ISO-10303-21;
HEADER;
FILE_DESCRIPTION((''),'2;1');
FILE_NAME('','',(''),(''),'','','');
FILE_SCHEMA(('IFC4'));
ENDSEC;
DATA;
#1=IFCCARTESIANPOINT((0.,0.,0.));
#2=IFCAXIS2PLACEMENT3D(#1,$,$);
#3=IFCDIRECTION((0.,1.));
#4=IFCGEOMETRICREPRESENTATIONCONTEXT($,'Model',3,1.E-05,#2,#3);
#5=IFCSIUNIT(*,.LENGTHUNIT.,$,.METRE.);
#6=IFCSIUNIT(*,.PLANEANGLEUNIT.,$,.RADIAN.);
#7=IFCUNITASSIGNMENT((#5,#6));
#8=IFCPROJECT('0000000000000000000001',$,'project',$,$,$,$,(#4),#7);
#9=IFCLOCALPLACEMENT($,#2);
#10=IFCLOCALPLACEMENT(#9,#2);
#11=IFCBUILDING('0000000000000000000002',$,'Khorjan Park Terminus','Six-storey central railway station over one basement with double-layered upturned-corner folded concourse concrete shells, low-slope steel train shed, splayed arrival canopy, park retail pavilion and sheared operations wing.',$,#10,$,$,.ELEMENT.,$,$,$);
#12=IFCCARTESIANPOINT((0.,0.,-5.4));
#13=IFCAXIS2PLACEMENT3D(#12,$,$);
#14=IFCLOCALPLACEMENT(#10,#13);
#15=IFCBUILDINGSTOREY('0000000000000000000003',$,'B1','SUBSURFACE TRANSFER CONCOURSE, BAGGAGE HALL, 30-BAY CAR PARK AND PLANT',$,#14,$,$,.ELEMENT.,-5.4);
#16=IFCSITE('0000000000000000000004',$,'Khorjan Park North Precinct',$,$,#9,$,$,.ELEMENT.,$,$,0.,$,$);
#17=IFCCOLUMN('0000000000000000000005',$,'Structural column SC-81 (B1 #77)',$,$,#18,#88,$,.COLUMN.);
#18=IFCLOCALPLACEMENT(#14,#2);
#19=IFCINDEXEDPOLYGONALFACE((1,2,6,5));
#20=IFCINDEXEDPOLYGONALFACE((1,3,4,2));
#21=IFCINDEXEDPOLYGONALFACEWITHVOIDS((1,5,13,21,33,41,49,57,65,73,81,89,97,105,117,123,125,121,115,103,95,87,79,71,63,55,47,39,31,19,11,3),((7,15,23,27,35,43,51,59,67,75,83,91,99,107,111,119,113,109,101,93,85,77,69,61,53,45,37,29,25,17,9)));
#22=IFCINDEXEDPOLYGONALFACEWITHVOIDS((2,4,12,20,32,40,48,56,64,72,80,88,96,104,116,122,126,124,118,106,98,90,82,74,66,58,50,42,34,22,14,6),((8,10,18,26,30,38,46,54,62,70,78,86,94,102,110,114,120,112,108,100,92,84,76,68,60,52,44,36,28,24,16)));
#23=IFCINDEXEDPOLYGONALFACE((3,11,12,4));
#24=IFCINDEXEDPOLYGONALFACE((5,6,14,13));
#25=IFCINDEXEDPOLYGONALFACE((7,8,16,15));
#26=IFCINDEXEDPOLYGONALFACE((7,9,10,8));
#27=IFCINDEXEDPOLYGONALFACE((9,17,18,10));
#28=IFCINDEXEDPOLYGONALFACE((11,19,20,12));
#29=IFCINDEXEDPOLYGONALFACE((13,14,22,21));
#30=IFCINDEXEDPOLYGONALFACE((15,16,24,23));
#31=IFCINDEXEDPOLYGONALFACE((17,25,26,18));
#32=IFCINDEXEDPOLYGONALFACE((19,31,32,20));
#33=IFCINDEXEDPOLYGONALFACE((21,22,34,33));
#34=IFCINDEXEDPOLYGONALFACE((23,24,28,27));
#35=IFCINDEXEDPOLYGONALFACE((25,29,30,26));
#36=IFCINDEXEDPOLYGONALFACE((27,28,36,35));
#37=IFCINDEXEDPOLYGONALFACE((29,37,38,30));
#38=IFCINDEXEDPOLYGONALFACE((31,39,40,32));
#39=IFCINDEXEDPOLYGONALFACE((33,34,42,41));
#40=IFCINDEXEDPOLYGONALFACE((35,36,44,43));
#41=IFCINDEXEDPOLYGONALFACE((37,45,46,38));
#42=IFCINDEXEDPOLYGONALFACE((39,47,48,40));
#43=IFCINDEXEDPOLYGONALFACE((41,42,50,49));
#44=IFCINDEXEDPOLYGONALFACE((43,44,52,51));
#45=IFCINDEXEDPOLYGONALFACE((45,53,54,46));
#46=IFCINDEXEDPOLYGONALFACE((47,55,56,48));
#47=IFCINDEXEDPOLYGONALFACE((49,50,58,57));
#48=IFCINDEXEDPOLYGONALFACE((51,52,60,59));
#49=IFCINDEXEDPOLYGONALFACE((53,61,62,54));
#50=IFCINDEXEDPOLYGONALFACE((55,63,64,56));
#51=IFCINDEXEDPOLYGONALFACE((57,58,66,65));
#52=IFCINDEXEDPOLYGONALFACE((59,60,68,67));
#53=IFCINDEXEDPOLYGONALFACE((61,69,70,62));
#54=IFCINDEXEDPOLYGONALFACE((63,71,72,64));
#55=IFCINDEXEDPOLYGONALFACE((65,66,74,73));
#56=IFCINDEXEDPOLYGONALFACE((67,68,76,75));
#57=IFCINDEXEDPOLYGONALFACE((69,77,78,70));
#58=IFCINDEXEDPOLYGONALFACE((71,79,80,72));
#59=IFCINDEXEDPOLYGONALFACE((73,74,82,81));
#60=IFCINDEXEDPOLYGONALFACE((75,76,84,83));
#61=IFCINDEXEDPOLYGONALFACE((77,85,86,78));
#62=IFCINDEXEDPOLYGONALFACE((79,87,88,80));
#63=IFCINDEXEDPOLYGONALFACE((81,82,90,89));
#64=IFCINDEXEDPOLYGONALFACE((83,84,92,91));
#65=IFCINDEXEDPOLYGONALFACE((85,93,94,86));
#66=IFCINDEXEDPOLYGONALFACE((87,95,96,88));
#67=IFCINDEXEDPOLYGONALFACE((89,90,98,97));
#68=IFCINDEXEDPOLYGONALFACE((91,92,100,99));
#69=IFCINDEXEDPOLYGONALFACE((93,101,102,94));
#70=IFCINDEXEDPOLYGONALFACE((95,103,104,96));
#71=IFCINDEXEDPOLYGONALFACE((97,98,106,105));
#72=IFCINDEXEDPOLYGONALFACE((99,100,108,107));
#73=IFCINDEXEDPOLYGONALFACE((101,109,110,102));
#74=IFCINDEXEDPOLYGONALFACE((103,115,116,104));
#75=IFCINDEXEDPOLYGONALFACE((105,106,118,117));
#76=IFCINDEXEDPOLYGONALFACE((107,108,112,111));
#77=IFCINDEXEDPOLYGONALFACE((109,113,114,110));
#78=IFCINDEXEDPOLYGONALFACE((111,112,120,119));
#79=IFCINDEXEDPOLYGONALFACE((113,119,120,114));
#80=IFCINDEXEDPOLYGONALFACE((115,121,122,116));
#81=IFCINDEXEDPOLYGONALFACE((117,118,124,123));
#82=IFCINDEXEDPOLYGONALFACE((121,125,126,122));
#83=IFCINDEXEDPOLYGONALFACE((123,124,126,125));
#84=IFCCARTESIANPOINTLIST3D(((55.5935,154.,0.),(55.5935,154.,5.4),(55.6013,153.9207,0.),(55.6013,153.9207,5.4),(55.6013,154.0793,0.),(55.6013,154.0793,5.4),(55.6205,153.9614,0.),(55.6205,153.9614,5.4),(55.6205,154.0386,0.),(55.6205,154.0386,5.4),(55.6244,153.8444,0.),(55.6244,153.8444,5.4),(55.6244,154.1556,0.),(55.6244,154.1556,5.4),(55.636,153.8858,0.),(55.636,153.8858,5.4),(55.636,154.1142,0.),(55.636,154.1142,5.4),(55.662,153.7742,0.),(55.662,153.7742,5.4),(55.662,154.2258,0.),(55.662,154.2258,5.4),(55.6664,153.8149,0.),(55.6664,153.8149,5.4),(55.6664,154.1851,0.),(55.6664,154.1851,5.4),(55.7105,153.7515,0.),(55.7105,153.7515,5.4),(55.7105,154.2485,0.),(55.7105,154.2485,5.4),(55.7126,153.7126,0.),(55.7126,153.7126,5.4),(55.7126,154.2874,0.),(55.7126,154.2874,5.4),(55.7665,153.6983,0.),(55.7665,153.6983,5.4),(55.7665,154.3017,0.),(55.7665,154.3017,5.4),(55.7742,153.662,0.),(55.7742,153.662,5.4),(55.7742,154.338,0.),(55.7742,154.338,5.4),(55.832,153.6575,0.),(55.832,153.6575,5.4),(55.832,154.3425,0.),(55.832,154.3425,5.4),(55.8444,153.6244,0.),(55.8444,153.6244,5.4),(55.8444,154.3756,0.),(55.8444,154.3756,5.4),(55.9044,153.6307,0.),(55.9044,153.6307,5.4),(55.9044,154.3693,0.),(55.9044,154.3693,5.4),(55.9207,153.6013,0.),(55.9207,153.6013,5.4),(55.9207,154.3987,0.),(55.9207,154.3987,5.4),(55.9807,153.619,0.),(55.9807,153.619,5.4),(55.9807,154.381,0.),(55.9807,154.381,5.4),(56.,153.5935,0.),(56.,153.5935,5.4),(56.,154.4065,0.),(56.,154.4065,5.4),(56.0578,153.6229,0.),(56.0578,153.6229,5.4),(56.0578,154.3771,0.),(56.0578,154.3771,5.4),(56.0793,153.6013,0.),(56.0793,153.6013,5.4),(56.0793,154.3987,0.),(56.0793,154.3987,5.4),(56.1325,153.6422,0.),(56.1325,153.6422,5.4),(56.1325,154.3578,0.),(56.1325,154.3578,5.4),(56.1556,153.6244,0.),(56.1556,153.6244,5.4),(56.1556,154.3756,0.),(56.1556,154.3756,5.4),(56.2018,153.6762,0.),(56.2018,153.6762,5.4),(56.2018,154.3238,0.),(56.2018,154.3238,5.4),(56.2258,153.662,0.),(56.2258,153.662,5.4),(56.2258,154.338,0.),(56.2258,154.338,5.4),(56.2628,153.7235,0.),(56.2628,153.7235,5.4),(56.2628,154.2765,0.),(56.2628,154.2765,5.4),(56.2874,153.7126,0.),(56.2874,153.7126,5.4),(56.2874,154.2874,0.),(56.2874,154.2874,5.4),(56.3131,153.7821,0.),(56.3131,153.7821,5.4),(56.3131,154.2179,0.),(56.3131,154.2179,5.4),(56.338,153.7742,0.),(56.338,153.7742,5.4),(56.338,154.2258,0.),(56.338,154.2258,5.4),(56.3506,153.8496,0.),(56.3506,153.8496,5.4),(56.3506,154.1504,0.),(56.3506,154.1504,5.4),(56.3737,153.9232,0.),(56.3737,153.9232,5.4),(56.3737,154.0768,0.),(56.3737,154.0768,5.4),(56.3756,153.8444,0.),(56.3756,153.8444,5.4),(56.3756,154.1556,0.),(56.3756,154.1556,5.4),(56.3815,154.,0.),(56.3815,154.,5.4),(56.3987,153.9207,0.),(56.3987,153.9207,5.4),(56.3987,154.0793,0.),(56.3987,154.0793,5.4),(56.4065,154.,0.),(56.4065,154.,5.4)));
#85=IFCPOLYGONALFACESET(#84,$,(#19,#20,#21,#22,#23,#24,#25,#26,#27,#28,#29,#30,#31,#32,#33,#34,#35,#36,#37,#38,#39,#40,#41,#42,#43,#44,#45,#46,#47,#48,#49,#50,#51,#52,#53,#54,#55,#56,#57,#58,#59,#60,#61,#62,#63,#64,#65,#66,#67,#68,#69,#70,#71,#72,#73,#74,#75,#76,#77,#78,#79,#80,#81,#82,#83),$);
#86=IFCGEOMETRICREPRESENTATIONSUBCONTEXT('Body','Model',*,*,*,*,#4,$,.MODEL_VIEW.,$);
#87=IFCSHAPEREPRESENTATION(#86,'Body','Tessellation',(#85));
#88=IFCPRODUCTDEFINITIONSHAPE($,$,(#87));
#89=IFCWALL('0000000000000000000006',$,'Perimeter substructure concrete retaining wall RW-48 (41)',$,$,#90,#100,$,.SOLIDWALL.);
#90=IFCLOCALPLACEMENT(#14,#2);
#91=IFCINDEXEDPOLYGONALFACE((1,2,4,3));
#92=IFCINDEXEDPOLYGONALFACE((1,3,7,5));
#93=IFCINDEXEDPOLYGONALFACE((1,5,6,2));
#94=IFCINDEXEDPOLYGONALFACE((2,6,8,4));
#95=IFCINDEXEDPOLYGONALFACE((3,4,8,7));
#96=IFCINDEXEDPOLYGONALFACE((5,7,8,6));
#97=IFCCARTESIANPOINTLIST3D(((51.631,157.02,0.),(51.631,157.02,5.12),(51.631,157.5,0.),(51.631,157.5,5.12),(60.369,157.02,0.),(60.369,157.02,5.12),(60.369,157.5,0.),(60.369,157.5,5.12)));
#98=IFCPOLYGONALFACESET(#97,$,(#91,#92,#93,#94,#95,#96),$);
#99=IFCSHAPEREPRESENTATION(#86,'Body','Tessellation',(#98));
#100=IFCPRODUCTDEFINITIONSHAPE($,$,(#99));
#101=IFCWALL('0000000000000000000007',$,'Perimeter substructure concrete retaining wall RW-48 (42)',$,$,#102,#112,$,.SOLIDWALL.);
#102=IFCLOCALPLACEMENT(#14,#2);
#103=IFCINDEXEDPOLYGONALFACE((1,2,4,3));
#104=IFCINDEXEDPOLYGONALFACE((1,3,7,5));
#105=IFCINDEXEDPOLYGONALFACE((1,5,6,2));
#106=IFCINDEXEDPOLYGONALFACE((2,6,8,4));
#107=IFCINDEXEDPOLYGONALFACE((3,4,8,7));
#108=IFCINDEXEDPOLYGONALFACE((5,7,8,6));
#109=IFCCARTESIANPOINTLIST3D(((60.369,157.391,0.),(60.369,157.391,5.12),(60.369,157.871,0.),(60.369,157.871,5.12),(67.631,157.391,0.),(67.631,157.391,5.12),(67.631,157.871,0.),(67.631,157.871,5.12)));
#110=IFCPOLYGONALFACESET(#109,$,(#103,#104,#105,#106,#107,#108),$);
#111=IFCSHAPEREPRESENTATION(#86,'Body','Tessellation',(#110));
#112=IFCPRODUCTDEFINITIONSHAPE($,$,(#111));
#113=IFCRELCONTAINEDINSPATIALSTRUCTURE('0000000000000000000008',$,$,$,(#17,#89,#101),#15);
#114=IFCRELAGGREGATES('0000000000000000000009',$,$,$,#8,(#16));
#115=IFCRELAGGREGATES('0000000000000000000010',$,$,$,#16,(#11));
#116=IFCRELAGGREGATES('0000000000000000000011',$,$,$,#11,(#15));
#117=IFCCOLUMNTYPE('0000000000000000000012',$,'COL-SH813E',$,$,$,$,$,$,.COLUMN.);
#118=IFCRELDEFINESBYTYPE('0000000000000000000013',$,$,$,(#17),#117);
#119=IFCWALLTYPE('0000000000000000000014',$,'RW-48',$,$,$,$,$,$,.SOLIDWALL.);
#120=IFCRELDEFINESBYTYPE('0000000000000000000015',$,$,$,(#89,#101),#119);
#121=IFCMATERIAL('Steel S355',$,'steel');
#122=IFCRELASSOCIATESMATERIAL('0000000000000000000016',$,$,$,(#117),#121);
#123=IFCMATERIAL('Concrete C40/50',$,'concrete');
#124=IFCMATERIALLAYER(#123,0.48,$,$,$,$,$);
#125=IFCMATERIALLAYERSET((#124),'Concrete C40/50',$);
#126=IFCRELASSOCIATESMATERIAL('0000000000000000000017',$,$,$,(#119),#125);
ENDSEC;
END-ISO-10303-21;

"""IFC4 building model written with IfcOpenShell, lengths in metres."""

from ifc_helpers import new_model, si_unit, direction, frame, frame_2d, origin, origin_2d, place, context, subcontext, project, spatial, rectangle, hollow_circle, extrude, material, layer, layer_set, material_profile, profile_set, type_object, element, save


model = new_model("IFC4")

# Units and contexts
model_context = context("Model", 3, precision=1e-05, world=origin(), true_north=direction((0.0, 1.0)))
body_context = subcontext(model_context, "Body", "Model", "MODEL_VIEW")
ifc_project = project(units=[si_unit("LENGTHUNIT", "METRE"), si_unit("PLANEANGLEUNIT", "RADIAN")], contexts=[model_context])

# Site, building, storey
site_placement = place(None, origin())
site = spatial("IfcSite", under=ifc_project, at=site_placement, Name="Khorjan Park North Precinct", CompositionType="ELEMENT", RefElevation=0.0)
building_placement = place(site_placement, origin())
building = spatial("IfcBuilding", under=site, at=building_placement, Name="Khorjan Park Terminus", Description="Six-storey central railway station over one basement with double-layered upturned-corner folded concourse concrete shells, low-slope steel train shed, splayed arrival canopy, park retail pavilion and sheared operations wing.", CompositionType="ELEMENT")
storey_placement = place(building_placement, frame((0.0, 0.0, -5.4)))
storey = spatial("IfcBuildingStorey", under=building, at=storey_placement, Name="B1", Description="SUBSURFACE TRANSFER CONCOURSE, BAGGAGE HALL, 30-BAY CAR PARK AND PLANT", CompositionType="ELEMENT", Elevation=-5.4)

# Shared definitions
ifc_material_1 = material(Name="Concrete C40/50", Category="concrete")

# Column
ifc_material_2 = material(Name="Steel S355", Category="steel")
ifc_material_profile_1 = material_profile(ifc_material_2, hollow_circle(Radius=0.4065, WallThickness=0.025, at=origin_2d()), Name="CHS 813x25")
ifc_profile_set_1 = profile_set([ifc_material_profile_1], Name="Steel S355")
column_type_1 = type_object("IfcColumnType", Name="COL-SH813E", PredefinedType="COLUMN", material=ifc_profile_set_1)
column_1_placement = place(storey_placement, frame((56.0, 154.0, 0.0), z_axis=(0.0, 0.0, 1.0), x_axis=(1.0, 0.0, 0.0)))
element("IfcColumn", 1, at=column_1_placement, inside=storey, type_object=column_type_1, Name="Structural column SC-81 (B1 #77)", PredefinedType="COLUMN", context=body_context, shape_type="SweptSolid", body=[
    extrude(hollow_circle(Radius=0.4065, WallThickness=0.025, at=origin_2d()), origin(), (0.0, 0.0, 1.0), 5.4),
])

# Walls
ifc_layer = layer(ifc_material_1, 0.48)
ifc_layer_set = layer_set([ifc_layer], Name="Concrete C40/50")
wall_type = type_object("IfcWallType", Name="RW-48", PredefinedType="SOLIDWALL", material=ifc_layer_set)
wall_1_placement = place(storey_placement, frame((51.631, 157.26, 0.0), z_axis=(0.0, 0.0, 1.0), x_axis=(1.0, 0.0, 0.0)))
element("IfcWall", 2, at=wall_1_placement, inside=storey, type_object=wall_type, Name="Perimeter substructure concrete retaining wall RW-48 (41)", PredefinedType="SOLIDWALL", context=body_context, shape_type="SweptSolid", body=[
    extrude(rectangle(XDim=8.738, YDim=0.48, at=frame_2d((4.369, 0.0))), origin(), (0.0, 0.0, 1.0), 5.12),
])
wall_2_placement = place(storey_placement, frame((60.369, 157.631, 0.0), z_axis=(0.0, 0.0, 1.0), x_axis=(1.0, 0.0, 0.0)))
element("IfcWall", 3, at=wall_2_placement, inside=storey, type_object=wall_type, Name="Perimeter substructure concrete retaining wall RW-48 (42)", PredefinedType="SOLIDWALL", context=body_context, shape_type="SweptSolid", body=[
    extrude(rectangle(XDim=7.262, YDim=0.48, at=frame_2d((3.631, 0.0))), origin(), (0.0, 0.0, 1.0), 5.12),
])

save(model, "model.ifc")
